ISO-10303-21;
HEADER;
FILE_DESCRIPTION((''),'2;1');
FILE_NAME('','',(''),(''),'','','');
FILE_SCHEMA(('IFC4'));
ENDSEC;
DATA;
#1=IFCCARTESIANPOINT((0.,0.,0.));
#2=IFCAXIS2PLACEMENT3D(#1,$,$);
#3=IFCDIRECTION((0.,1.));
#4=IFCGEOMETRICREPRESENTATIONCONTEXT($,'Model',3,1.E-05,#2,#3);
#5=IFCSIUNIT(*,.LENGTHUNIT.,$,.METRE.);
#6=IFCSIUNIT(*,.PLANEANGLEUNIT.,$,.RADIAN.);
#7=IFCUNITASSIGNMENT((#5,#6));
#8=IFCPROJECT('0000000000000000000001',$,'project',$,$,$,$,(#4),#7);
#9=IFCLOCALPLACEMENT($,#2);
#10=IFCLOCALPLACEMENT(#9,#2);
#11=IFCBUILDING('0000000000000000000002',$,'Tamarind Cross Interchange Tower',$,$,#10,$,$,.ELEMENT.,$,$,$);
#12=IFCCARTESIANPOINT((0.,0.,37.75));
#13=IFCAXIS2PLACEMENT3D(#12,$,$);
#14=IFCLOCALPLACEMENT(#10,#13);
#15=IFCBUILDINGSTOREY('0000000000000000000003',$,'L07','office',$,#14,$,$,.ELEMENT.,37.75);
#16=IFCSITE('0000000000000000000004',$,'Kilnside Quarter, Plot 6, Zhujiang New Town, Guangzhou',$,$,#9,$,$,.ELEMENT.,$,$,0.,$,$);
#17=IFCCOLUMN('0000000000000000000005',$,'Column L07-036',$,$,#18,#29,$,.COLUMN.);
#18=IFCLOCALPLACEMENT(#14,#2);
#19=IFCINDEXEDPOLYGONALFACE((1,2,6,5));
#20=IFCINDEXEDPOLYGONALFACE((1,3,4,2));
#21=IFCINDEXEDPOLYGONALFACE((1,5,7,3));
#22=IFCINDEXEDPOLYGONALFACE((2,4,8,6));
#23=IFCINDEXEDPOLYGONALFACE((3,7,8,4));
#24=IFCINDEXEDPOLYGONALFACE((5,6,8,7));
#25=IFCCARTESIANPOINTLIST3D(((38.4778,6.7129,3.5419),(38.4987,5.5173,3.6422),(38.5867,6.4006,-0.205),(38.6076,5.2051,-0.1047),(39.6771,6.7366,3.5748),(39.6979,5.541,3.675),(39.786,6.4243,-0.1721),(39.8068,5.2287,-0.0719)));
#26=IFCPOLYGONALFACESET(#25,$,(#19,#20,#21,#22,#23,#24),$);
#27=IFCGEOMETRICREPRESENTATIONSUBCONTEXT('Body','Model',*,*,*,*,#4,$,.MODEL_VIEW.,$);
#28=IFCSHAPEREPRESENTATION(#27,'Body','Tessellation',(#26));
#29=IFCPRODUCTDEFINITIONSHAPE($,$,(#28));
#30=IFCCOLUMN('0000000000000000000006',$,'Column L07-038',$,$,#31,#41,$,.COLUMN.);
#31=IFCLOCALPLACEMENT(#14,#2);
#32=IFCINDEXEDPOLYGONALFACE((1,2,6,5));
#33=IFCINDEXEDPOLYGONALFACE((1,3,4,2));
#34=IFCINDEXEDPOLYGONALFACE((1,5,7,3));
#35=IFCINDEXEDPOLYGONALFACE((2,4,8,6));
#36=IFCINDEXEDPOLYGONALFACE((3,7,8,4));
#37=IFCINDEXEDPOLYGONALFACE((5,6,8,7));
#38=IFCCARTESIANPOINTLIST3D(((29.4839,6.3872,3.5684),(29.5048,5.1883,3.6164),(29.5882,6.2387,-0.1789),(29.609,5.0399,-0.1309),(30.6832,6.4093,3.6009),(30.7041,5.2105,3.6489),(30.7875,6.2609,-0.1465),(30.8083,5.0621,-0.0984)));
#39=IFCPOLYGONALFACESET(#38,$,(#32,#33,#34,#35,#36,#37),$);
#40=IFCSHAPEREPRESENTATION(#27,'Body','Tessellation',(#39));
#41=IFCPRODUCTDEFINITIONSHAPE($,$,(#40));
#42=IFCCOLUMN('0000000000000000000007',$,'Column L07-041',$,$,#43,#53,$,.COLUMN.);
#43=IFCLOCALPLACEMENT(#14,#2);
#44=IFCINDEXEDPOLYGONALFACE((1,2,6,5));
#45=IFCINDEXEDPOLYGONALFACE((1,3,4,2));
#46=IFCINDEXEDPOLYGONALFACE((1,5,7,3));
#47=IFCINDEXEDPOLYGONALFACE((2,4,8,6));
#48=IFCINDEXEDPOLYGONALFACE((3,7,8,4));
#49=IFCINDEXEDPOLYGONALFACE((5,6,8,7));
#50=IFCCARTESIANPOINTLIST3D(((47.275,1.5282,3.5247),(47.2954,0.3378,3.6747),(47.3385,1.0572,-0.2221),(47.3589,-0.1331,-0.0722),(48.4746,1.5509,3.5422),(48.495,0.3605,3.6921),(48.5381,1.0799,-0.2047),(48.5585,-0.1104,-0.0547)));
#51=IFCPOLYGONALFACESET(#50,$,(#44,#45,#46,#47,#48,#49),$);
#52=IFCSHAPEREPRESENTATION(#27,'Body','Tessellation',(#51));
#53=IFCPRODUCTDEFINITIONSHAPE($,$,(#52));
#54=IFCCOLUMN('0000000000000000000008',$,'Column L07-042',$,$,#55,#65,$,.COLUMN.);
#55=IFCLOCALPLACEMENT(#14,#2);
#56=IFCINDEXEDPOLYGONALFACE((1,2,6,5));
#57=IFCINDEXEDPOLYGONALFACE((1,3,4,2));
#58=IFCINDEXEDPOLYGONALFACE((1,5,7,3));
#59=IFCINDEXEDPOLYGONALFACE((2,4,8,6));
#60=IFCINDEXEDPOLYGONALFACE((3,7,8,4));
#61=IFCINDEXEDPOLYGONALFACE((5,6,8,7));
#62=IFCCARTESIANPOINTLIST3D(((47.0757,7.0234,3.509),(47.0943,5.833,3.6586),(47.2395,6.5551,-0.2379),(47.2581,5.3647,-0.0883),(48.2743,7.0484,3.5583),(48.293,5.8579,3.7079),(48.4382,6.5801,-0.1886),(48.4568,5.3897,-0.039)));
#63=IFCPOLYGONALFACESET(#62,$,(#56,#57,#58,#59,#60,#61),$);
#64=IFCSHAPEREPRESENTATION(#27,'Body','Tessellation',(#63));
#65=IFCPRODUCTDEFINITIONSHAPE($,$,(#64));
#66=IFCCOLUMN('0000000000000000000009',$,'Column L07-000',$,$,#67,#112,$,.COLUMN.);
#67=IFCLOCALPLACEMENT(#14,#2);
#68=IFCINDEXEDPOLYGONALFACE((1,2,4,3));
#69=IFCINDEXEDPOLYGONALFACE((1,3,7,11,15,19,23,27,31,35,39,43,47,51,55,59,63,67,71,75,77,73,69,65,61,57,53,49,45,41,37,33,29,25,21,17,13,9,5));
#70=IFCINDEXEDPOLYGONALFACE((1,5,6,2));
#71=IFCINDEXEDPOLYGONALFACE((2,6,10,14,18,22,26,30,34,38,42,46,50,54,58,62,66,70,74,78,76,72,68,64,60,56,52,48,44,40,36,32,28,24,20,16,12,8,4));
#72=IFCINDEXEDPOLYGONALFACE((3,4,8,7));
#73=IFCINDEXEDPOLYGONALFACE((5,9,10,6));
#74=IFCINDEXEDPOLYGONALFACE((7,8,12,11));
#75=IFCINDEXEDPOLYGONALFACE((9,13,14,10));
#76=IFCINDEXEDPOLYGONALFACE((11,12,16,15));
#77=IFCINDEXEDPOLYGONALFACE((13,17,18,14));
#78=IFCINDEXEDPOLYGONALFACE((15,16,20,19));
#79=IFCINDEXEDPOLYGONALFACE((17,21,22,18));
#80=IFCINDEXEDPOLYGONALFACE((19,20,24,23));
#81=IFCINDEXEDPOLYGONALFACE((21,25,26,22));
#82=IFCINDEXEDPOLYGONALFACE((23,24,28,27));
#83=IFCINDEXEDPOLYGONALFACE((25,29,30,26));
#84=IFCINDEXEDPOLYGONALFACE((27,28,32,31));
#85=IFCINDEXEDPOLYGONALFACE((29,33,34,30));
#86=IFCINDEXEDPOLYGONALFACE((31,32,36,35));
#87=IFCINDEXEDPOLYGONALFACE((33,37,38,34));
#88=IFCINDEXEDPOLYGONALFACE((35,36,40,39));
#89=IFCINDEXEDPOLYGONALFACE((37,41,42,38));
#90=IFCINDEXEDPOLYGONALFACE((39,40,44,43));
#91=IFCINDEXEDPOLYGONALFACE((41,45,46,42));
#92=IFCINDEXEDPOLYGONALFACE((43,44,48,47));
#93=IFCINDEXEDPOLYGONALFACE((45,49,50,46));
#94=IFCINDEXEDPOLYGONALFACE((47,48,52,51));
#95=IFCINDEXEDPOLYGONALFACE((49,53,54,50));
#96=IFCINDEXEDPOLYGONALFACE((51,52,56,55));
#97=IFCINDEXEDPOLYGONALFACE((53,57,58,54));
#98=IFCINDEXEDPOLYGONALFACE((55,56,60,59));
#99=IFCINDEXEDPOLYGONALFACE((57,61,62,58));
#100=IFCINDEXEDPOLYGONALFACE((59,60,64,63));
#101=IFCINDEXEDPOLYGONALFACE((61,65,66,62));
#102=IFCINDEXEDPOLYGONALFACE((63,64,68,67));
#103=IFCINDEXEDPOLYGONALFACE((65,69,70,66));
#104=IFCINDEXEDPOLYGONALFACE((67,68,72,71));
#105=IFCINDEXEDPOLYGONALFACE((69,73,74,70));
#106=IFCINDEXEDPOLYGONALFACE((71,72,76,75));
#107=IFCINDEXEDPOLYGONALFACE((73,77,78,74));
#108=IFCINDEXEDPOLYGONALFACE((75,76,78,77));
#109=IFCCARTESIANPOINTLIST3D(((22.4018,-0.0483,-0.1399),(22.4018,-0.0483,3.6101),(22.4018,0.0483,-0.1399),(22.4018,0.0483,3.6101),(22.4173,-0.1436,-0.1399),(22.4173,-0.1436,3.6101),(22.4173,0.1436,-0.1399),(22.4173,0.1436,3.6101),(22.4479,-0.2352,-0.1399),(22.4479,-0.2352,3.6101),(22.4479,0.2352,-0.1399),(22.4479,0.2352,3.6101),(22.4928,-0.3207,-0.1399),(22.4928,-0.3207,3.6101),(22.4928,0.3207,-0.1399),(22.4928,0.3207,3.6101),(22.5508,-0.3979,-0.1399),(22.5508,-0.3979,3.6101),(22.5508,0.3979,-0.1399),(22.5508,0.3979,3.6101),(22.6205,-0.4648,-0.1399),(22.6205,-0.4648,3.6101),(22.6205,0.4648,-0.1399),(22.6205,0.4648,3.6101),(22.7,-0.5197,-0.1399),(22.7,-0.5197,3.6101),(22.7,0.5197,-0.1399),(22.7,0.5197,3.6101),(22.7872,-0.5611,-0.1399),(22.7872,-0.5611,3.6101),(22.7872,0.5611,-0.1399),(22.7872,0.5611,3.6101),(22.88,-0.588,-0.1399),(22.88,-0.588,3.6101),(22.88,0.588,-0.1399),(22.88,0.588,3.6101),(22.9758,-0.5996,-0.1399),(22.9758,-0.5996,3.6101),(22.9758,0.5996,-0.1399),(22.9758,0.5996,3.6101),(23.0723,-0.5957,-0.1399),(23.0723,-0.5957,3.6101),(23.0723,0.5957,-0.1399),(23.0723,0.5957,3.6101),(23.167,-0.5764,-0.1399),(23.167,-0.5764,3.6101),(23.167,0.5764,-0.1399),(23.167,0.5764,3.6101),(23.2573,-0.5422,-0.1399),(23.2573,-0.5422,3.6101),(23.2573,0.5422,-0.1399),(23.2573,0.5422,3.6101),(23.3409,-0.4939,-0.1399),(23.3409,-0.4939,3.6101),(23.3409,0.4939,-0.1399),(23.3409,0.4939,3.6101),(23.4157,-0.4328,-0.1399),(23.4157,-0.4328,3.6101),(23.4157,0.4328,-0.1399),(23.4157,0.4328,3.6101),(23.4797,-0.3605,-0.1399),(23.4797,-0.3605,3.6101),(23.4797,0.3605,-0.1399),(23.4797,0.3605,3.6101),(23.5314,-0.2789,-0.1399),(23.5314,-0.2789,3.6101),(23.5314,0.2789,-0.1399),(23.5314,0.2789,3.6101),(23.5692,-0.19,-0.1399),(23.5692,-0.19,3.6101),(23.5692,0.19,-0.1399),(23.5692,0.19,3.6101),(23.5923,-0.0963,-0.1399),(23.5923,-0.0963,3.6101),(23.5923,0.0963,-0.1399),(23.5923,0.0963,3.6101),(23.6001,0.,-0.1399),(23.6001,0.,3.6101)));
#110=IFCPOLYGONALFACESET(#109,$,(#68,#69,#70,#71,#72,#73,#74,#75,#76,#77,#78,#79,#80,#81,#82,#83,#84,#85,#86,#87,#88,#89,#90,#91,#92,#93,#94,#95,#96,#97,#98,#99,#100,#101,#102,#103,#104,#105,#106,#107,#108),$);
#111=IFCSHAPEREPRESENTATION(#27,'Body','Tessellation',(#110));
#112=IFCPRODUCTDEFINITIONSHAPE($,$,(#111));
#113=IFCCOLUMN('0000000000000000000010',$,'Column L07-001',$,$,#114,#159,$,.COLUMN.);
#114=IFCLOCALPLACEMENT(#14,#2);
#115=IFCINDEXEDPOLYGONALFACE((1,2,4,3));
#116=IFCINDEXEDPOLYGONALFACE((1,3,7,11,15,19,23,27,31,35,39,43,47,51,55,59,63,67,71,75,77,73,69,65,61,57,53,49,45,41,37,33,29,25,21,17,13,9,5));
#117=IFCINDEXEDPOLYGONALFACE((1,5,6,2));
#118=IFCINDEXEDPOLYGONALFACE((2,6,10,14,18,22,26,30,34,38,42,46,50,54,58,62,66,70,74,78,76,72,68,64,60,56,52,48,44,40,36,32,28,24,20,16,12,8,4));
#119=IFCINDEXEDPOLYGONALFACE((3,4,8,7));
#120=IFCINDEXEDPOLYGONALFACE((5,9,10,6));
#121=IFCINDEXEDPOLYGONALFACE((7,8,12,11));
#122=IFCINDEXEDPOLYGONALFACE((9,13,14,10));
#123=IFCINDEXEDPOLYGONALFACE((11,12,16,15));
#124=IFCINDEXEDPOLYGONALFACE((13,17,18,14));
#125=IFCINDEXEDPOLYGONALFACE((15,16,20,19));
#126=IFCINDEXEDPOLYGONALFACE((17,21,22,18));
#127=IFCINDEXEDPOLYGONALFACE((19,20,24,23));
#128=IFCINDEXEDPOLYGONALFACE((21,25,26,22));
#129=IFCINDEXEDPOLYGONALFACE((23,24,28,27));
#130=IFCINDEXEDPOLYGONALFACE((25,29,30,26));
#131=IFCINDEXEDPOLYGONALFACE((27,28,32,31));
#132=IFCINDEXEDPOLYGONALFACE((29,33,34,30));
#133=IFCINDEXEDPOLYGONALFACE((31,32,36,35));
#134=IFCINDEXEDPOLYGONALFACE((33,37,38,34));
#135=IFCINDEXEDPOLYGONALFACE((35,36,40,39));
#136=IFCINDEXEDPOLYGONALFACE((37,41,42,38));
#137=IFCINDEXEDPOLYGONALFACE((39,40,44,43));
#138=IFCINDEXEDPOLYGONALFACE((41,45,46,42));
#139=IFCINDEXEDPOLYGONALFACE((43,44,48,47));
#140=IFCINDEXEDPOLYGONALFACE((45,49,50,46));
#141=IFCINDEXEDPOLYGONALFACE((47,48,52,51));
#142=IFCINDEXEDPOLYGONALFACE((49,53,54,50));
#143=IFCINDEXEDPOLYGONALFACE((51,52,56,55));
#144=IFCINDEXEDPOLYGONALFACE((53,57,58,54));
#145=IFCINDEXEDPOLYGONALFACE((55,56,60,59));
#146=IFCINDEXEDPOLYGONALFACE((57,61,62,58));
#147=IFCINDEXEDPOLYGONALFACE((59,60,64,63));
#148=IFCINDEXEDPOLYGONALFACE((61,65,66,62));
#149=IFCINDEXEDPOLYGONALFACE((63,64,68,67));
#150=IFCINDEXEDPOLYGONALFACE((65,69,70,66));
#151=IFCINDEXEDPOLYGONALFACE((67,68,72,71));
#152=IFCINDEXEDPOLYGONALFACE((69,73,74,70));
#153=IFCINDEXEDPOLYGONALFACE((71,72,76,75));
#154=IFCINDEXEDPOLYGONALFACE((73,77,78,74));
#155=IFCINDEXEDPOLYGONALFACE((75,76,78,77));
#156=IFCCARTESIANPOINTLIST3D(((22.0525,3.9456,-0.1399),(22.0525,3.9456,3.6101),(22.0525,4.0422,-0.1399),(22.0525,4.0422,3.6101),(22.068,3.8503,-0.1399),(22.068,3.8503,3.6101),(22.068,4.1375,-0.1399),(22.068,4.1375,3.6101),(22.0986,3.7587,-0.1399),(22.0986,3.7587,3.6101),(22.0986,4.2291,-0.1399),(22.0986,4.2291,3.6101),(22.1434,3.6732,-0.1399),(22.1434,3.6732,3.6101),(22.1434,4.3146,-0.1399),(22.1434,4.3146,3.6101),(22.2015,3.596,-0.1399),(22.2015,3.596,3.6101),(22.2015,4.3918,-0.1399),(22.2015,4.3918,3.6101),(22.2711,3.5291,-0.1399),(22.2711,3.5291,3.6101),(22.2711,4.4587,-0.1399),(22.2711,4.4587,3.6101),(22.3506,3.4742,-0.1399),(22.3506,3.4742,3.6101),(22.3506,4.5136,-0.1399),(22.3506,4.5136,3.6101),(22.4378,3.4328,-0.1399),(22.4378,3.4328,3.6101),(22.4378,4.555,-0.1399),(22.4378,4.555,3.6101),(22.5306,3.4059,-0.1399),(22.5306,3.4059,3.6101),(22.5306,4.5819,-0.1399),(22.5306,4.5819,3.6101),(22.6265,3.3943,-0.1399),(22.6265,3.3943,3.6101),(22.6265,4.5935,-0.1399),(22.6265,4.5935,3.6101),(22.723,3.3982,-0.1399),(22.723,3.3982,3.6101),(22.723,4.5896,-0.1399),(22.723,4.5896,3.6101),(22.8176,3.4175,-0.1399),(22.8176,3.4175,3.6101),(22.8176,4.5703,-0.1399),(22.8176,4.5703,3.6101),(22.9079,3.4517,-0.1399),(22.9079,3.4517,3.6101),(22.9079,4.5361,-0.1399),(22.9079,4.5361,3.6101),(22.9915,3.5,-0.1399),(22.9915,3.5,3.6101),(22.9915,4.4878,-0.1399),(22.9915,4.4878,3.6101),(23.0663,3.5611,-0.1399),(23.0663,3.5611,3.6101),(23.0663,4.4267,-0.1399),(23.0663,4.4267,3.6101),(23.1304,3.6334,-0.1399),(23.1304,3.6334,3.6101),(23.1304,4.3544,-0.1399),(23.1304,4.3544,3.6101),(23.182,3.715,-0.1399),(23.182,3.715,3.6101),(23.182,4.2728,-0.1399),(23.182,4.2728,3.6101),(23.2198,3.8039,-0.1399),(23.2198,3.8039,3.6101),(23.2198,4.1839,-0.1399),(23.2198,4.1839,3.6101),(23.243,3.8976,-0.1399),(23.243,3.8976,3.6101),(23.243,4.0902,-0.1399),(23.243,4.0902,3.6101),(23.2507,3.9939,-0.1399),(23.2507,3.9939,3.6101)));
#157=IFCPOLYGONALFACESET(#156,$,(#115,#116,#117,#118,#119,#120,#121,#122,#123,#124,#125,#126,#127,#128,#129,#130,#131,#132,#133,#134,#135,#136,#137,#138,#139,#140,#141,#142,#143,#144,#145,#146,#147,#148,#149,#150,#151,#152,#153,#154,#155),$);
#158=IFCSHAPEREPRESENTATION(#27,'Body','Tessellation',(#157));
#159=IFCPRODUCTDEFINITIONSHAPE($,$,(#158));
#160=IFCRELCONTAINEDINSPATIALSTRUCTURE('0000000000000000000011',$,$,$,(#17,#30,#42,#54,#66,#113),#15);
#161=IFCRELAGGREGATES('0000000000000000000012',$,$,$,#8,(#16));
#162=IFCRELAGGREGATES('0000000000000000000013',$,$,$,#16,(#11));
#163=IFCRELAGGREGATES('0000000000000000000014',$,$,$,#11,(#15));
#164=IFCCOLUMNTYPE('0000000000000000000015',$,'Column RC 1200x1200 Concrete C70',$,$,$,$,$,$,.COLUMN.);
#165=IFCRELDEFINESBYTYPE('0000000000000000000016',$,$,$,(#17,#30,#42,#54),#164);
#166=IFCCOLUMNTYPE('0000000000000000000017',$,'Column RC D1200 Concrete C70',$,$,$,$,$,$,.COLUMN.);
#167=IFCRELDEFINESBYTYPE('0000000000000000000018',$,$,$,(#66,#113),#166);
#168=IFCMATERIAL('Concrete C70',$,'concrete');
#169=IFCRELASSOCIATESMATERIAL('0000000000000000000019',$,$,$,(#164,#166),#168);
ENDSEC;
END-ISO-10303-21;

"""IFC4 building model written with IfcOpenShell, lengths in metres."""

from ifc_helpers import new_model, si_unit, direction, frame, origin, origin_2d, place, context, subcontext, project, spatial, rectangle, circle, extrude, material, material_profile, profile_set, type_object, element, save


model = new_model("IFC4")

# Units and contexts
model_context = context("Model", 3, precision=1e-05, world=origin(), true_north=direction((0.0, 1.0)))
body_context = subcontext(model_context, "Body", "Model", "MODEL_VIEW")
ifc_project = project(units=[si_unit("LENGTHUNIT", "METRE"), si_unit("PLANEANGLEUNIT", "RADIAN")], contexts=[model_context])

# Site, building, storey
site_placement = place(None, origin())
site = spatial("IfcSite", under=ifc_project, at=site_placement, Name="Kilnside Quarter, Plot 6, Zhujiang New Town, Guangzhou", CompositionType="ELEMENT", RefElevation=0.0)
building_placement = place(site_placement, origin())
building = spatial("IfcBuilding", under=site, at=building_placement, Name="Tamarind Cross Interchange Tower", CompositionType="ELEMENT")
storey_placement = place(building_placement, frame((0.0, 0.0, 37.75)))
storey = spatial("IfcBuildingStorey", under=building, at=storey_placement, Name="L07", Description="office", CompositionType="ELEMENT", Elevation=37.75)

# Columns
ifc_material_1 = material(Name="Concrete C70", Category="concrete")
ifc_material_profile_1 = material_profile(ifc_material_1, rectangle(XDim=1.2, YDim=1.2, at=origin_2d()), Name="RC 1200x1200")
ifc_profile_set_1 = profile_set([ifc_material_profile_1], Name="Concrete C70")
column_type_1 = type_object("IfcColumnType", Name="Column RC 1200x1200 Concrete C70", PredefinedType="COLUMN", material=ifc_profile_set_1)
column_1_placement = place(storey_placement, frame((39.1968, 5.8147, -0.1384), z_axis=(-0.028949, 0.083016, 0.996128), x_axis=(0.017381, -0.996353, 0.08354)))
element("IfcColumn", 1, at=column_1_placement, inside=storey, type_object=column_type_1, Name="Column L07-036", PredefinedType="COLUMN", context=body_context, shape_type="SweptSolid", body=[
    extrude(rectangle(XDim=1.2, YDim=1.2, at=origin_2d()), origin(), (0.0, 0.0, 1.0), 3.7615),
])
column_2_placement = place(storey_placement, frame((30.1982, 5.6504, -0.1387), z_axis=(-0.027787, 0.039565, 0.998831), x_axis=(0.017377, -0.999046, 0.040057)))
element("IfcColumn", 2, at=column_2_placement, inside=storey, type_object=column_type_1, Name="Column L07-038", PredefinedType="COLUMN", context=body_context, shape_type="SweptSolid", body=[
    extrude(rectangle(XDim=1.2, YDim=1.2, at=origin_2d()), origin(), (0.0, 0.0, 1.0), 3.7517),
])
column_3_placement = place(storey_placement, frame((47.9485, 0.4734, -0.1384), z_axis=(-0.016807, 0.124693, 0.992053), x_axis=(0.016951, -0.992015, 0.124976)))
element("IfcColumn", 3, at=column_3_placement, inside=storey, type_object=column_type_1, Name="Column L07-041", PredefinedType="COLUMN", context=body_context, shape_type="SweptSolid", body=[
    extrude(rectangle(XDim=1.2, YDim=1.2, at=origin_2d()), origin(), (0.0, 0.0, 1.0), 3.7769),
])
column_4_placement = place(storey_placement, frame((47.8481, 5.9724, -0.1384), z_axis=(-0.043344, 0.123894, 0.991348), x_axis=(0.015552, -0.992077, 0.124665)))
element("IfcColumn", 4, at=column_4_placement, inside=storey, type_object=column_type_1, Name="Column L07-042", PredefinedType="COLUMN", context=body_context, shape_type="SweptSolid", body=[
    extrude(rectangle(XDim=1.2, YDim=1.2, at=origin_2d()), origin(), (0.0, 0.0, 1.0), 3.7795),
])
ifc_material_profile_2 = material_profile(ifc_material_1, circle(Radius=0.6001, at=origin_2d()), Name="RC D1200")
ifc_profile_set_2 = profile_set([ifc_material_profile_2], Name="Concrete C70")
column_type_2 = type_object("IfcColumnType", Name="Column RC D1200 Concrete C70", PredefinedType="COLUMN", material=ifc_profile_set_2)
for number, where, z_axis, x_axis, name in (
    (5, (23.0, 0.0, -0.1399), (0.0, 0.0, 1.0), (1.0, 0.0, 0.0), "Column L07-000"),
    (6, (22.6506, 3.9939, -0.1399), (0.0, 0.0, 1.0), (1.0, 0.0, 0.0), "Column L07-001"),
):
    element("IfcColumn", number, at=place(storey_placement, frame(where, z_axis=z_axis, x_axis=x_axis)), inside=storey, type_object=column_type_2, Name=name, PredefinedType="COLUMN", context=body_context, shape_type="SweptSolid", body=[
        extrude(circle(Radius=0.6001, at=origin_2d()), origin(), (0.0, 0.0, 1.0), 3.75),
    ])

save(model, "model.ifc")
